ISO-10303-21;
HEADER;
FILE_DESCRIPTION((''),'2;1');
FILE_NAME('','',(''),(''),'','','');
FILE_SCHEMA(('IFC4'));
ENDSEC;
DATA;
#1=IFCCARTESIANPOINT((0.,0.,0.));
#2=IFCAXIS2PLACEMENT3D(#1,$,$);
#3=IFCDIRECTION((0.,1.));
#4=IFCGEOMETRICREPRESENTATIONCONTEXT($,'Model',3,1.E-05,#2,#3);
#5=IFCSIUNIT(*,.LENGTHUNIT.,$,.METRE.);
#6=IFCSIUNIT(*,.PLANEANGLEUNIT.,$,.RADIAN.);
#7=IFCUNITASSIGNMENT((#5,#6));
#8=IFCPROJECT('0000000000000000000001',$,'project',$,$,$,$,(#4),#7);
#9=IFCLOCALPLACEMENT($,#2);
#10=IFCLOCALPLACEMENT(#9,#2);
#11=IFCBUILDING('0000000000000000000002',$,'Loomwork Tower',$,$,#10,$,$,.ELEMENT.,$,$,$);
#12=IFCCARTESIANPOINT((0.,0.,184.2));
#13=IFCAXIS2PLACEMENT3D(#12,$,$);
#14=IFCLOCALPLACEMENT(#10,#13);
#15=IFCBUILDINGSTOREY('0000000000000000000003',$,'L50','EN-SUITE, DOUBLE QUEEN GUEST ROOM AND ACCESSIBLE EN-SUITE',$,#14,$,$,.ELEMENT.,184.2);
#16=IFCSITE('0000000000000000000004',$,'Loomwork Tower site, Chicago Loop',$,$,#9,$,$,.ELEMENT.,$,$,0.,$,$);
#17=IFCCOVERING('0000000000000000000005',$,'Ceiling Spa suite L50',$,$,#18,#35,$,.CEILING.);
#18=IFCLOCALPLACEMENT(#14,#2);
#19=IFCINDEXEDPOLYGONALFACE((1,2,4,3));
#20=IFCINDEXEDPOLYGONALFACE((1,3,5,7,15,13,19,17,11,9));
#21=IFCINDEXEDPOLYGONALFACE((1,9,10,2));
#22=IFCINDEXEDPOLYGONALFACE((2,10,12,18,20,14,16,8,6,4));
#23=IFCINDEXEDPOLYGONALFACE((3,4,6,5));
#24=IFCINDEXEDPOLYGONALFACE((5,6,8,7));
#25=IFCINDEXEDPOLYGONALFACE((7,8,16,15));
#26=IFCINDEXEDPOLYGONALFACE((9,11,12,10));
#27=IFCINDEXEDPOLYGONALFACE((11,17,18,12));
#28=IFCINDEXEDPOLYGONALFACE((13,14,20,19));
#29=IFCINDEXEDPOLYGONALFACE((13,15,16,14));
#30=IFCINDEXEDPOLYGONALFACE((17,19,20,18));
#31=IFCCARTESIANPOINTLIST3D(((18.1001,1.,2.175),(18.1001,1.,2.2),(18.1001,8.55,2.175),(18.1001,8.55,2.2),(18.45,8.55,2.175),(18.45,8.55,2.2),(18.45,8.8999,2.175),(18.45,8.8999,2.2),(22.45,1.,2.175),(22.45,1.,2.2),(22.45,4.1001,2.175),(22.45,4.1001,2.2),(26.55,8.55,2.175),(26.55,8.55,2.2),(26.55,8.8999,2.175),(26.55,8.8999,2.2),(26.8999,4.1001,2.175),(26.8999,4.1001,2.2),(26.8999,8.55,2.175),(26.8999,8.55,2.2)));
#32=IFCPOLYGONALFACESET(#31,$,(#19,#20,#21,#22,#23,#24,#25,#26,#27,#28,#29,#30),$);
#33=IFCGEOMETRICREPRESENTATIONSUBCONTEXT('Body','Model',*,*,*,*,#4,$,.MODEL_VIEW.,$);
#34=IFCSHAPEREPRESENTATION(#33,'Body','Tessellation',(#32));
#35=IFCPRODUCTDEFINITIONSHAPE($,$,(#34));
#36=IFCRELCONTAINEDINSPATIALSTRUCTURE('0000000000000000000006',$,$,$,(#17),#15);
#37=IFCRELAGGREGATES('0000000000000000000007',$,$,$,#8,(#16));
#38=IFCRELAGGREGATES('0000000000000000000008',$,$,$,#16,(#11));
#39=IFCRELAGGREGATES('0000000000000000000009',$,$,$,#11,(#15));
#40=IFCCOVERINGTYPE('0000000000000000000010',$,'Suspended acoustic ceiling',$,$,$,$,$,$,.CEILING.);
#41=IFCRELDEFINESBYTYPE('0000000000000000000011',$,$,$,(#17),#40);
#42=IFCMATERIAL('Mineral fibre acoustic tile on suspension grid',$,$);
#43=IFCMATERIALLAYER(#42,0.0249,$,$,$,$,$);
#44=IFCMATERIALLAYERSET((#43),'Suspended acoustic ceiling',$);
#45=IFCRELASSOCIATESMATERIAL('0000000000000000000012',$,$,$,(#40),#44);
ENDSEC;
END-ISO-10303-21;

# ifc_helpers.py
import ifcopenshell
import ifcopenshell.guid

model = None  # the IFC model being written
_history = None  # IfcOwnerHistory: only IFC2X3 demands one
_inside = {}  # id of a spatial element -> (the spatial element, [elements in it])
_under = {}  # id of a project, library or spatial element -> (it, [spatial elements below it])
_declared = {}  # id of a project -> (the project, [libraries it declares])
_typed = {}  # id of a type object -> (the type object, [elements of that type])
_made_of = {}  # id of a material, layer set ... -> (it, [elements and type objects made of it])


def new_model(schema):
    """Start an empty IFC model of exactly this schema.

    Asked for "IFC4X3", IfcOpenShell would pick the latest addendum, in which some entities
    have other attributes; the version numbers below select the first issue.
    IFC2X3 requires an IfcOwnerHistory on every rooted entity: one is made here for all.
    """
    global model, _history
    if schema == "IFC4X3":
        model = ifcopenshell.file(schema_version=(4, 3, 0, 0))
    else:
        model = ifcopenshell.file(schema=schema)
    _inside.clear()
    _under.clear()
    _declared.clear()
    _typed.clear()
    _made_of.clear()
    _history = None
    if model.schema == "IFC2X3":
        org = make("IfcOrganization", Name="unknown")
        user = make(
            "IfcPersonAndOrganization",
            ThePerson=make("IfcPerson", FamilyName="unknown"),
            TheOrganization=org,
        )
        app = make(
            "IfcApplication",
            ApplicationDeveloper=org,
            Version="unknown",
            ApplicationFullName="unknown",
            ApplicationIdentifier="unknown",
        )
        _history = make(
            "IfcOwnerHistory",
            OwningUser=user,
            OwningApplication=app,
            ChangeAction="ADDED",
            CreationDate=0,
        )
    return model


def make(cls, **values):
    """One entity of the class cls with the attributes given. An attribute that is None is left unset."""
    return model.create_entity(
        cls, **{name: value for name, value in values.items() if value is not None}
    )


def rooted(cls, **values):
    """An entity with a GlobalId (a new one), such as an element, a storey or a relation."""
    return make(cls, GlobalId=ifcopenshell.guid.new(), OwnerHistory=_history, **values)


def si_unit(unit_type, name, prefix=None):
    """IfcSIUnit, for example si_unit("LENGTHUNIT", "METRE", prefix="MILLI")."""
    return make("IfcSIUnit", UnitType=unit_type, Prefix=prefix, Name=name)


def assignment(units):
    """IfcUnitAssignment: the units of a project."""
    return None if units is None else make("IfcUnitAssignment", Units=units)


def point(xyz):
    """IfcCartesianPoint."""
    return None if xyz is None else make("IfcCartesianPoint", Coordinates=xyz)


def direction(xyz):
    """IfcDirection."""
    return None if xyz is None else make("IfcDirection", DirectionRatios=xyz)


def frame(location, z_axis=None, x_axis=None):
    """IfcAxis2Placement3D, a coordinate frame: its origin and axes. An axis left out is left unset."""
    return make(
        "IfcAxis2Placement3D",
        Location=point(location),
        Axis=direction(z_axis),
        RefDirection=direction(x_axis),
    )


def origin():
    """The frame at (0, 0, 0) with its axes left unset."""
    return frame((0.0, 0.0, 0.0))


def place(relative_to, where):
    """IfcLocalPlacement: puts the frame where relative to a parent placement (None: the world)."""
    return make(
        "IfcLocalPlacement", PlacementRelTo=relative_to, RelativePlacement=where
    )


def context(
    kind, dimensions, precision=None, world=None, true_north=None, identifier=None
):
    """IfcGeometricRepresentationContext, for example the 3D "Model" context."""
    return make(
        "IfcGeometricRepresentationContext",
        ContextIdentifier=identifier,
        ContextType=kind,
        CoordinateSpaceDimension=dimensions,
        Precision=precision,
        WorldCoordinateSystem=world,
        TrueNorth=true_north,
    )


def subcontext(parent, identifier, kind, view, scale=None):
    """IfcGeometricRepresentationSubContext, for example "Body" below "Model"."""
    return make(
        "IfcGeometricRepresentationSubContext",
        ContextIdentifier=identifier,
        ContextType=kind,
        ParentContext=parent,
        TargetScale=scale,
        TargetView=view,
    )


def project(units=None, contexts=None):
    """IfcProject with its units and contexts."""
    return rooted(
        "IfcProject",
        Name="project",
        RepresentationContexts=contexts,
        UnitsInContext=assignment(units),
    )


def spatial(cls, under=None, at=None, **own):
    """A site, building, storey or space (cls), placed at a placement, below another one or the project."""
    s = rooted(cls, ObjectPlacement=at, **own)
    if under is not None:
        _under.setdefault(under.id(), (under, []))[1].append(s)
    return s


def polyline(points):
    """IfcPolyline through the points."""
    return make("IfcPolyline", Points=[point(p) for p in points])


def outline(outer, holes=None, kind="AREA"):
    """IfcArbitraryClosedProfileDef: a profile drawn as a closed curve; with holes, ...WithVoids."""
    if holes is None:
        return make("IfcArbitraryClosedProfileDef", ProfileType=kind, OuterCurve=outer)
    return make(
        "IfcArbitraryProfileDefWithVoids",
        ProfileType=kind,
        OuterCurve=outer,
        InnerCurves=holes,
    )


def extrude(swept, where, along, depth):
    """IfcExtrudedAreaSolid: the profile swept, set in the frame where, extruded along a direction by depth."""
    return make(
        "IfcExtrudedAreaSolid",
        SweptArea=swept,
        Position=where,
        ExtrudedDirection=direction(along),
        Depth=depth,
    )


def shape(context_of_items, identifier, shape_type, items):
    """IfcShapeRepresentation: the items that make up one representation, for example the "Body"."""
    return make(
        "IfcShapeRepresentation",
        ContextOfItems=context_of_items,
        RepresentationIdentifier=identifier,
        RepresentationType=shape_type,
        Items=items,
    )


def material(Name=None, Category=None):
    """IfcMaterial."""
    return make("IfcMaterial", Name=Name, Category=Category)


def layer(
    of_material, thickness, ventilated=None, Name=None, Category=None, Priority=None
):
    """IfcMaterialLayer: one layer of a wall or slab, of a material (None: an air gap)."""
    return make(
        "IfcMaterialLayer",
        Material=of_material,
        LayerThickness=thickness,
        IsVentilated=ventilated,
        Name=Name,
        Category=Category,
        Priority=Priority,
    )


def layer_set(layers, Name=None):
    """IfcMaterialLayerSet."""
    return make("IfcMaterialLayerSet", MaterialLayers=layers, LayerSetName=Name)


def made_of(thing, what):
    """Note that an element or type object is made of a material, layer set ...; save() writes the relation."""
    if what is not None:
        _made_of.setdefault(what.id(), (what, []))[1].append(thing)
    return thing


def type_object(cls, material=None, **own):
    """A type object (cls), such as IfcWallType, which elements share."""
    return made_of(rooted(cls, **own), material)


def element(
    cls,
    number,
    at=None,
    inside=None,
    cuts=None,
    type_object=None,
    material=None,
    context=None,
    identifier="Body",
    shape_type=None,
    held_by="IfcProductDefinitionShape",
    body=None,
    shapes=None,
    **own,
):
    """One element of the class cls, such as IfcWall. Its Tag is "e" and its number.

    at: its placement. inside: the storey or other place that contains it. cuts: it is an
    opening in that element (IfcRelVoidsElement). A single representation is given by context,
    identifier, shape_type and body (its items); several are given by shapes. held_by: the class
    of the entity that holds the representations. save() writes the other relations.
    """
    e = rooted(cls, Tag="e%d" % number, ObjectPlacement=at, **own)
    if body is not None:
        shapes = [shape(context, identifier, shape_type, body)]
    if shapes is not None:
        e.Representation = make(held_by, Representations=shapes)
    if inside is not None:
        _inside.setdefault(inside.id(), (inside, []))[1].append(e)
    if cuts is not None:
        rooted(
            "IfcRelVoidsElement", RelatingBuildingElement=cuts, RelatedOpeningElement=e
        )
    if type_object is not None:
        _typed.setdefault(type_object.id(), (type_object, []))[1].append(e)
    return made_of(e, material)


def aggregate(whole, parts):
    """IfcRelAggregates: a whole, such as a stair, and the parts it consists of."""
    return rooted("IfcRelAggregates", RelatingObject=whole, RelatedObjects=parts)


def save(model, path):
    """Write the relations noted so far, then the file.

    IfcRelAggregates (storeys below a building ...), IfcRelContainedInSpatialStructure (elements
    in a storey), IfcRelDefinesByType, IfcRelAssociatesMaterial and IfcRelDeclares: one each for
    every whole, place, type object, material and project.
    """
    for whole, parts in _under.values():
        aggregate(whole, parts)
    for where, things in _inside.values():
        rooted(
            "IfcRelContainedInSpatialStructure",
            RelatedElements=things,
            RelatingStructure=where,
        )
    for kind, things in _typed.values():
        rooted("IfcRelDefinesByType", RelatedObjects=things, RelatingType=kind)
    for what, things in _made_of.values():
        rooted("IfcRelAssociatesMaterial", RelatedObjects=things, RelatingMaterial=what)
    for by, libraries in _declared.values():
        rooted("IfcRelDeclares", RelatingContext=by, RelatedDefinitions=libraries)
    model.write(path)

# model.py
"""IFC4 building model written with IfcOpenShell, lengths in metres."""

from ifc_helpers import new_model, si_unit, direction, frame, origin, place, context, subcontext, project, spatial, polyline, outline, extrude, material, layer, layer_set, type_object, element, save


model = new_model("IFC4")

# Units and contexts
model_context = context("Model", 3, precision=1e-05, world=origin(), true_north=direction((0.0, 1.0)))
body_context = subcontext(model_context, "Body", "Model", "MODEL_VIEW")
ifc_project = project(units=[si_unit("LENGTHUNIT", "METRE"), si_unit("PLANEANGLEUNIT", "RADIAN")], contexts=[model_context])

# Site, building, storey
site_placement = place(None, origin())
site = spatial("IfcSite", under=ifc_project, at=site_placement, Name="Loomwork Tower site, Chicago Loop", CompositionType="ELEMENT", RefElevation=0.0)
building_placement = place(site_placement, origin())
building = spatial("IfcBuilding", under=site, at=building_placement, Name="Loomwork Tower", CompositionType="ELEMENT")
storey_placement = place(building_placement, frame((0.0, 0.0, 184.2)))
storey = spatial("IfcBuildingStorey", under=building, at=storey_placement, Name="L50", Description="EN-SUITE, DOUBLE QUEEN GUEST ROOM AND ACCESSIBLE EN-SUITE", CompositionType="ELEMENT", Elevation=184.2)

# Covering
ifc_material_1 = material(Name="Mineral fibre acoustic tile on suspension grid")
ifc_layer_1 = layer(ifc_material_1, 0.0249)
ifc_layer_set_1 = layer_set([ifc_layer_1], Name="Suspended acoustic ceiling")
covering_type_1 = type_object("IfcCoveringType", Name="Suspended acoustic ceiling", PredefinedType="CEILING", material=ifc_layer_set_1)
covering_1_placement = place(storey_placement, frame((0.0, 0.0, 2.175)))
element("IfcCovering", 1, at=covering_1_placement, inside=storey, type_object=covering_type_1, Name="Ceiling Spa suite L50", PredefinedType="CEILING", context=body_context, shape_type="SweptSolid", body=[
    extrude(outline(polyline([(26.55, 8.8999), (26.55, 8.55), (26.8999, 8.55), (26.8999, 4.1001), (22.45, 4.1001), (22.45, 1.0), (18.1001, 1.0), (18.1001, 8.55), (18.45, 8.55), (18.45, 8.8999), (26.55, 8.8999)])), origin(), (0.0, 0.0, 1.0), 0.0249),
])

save(model, "model.ifc")
